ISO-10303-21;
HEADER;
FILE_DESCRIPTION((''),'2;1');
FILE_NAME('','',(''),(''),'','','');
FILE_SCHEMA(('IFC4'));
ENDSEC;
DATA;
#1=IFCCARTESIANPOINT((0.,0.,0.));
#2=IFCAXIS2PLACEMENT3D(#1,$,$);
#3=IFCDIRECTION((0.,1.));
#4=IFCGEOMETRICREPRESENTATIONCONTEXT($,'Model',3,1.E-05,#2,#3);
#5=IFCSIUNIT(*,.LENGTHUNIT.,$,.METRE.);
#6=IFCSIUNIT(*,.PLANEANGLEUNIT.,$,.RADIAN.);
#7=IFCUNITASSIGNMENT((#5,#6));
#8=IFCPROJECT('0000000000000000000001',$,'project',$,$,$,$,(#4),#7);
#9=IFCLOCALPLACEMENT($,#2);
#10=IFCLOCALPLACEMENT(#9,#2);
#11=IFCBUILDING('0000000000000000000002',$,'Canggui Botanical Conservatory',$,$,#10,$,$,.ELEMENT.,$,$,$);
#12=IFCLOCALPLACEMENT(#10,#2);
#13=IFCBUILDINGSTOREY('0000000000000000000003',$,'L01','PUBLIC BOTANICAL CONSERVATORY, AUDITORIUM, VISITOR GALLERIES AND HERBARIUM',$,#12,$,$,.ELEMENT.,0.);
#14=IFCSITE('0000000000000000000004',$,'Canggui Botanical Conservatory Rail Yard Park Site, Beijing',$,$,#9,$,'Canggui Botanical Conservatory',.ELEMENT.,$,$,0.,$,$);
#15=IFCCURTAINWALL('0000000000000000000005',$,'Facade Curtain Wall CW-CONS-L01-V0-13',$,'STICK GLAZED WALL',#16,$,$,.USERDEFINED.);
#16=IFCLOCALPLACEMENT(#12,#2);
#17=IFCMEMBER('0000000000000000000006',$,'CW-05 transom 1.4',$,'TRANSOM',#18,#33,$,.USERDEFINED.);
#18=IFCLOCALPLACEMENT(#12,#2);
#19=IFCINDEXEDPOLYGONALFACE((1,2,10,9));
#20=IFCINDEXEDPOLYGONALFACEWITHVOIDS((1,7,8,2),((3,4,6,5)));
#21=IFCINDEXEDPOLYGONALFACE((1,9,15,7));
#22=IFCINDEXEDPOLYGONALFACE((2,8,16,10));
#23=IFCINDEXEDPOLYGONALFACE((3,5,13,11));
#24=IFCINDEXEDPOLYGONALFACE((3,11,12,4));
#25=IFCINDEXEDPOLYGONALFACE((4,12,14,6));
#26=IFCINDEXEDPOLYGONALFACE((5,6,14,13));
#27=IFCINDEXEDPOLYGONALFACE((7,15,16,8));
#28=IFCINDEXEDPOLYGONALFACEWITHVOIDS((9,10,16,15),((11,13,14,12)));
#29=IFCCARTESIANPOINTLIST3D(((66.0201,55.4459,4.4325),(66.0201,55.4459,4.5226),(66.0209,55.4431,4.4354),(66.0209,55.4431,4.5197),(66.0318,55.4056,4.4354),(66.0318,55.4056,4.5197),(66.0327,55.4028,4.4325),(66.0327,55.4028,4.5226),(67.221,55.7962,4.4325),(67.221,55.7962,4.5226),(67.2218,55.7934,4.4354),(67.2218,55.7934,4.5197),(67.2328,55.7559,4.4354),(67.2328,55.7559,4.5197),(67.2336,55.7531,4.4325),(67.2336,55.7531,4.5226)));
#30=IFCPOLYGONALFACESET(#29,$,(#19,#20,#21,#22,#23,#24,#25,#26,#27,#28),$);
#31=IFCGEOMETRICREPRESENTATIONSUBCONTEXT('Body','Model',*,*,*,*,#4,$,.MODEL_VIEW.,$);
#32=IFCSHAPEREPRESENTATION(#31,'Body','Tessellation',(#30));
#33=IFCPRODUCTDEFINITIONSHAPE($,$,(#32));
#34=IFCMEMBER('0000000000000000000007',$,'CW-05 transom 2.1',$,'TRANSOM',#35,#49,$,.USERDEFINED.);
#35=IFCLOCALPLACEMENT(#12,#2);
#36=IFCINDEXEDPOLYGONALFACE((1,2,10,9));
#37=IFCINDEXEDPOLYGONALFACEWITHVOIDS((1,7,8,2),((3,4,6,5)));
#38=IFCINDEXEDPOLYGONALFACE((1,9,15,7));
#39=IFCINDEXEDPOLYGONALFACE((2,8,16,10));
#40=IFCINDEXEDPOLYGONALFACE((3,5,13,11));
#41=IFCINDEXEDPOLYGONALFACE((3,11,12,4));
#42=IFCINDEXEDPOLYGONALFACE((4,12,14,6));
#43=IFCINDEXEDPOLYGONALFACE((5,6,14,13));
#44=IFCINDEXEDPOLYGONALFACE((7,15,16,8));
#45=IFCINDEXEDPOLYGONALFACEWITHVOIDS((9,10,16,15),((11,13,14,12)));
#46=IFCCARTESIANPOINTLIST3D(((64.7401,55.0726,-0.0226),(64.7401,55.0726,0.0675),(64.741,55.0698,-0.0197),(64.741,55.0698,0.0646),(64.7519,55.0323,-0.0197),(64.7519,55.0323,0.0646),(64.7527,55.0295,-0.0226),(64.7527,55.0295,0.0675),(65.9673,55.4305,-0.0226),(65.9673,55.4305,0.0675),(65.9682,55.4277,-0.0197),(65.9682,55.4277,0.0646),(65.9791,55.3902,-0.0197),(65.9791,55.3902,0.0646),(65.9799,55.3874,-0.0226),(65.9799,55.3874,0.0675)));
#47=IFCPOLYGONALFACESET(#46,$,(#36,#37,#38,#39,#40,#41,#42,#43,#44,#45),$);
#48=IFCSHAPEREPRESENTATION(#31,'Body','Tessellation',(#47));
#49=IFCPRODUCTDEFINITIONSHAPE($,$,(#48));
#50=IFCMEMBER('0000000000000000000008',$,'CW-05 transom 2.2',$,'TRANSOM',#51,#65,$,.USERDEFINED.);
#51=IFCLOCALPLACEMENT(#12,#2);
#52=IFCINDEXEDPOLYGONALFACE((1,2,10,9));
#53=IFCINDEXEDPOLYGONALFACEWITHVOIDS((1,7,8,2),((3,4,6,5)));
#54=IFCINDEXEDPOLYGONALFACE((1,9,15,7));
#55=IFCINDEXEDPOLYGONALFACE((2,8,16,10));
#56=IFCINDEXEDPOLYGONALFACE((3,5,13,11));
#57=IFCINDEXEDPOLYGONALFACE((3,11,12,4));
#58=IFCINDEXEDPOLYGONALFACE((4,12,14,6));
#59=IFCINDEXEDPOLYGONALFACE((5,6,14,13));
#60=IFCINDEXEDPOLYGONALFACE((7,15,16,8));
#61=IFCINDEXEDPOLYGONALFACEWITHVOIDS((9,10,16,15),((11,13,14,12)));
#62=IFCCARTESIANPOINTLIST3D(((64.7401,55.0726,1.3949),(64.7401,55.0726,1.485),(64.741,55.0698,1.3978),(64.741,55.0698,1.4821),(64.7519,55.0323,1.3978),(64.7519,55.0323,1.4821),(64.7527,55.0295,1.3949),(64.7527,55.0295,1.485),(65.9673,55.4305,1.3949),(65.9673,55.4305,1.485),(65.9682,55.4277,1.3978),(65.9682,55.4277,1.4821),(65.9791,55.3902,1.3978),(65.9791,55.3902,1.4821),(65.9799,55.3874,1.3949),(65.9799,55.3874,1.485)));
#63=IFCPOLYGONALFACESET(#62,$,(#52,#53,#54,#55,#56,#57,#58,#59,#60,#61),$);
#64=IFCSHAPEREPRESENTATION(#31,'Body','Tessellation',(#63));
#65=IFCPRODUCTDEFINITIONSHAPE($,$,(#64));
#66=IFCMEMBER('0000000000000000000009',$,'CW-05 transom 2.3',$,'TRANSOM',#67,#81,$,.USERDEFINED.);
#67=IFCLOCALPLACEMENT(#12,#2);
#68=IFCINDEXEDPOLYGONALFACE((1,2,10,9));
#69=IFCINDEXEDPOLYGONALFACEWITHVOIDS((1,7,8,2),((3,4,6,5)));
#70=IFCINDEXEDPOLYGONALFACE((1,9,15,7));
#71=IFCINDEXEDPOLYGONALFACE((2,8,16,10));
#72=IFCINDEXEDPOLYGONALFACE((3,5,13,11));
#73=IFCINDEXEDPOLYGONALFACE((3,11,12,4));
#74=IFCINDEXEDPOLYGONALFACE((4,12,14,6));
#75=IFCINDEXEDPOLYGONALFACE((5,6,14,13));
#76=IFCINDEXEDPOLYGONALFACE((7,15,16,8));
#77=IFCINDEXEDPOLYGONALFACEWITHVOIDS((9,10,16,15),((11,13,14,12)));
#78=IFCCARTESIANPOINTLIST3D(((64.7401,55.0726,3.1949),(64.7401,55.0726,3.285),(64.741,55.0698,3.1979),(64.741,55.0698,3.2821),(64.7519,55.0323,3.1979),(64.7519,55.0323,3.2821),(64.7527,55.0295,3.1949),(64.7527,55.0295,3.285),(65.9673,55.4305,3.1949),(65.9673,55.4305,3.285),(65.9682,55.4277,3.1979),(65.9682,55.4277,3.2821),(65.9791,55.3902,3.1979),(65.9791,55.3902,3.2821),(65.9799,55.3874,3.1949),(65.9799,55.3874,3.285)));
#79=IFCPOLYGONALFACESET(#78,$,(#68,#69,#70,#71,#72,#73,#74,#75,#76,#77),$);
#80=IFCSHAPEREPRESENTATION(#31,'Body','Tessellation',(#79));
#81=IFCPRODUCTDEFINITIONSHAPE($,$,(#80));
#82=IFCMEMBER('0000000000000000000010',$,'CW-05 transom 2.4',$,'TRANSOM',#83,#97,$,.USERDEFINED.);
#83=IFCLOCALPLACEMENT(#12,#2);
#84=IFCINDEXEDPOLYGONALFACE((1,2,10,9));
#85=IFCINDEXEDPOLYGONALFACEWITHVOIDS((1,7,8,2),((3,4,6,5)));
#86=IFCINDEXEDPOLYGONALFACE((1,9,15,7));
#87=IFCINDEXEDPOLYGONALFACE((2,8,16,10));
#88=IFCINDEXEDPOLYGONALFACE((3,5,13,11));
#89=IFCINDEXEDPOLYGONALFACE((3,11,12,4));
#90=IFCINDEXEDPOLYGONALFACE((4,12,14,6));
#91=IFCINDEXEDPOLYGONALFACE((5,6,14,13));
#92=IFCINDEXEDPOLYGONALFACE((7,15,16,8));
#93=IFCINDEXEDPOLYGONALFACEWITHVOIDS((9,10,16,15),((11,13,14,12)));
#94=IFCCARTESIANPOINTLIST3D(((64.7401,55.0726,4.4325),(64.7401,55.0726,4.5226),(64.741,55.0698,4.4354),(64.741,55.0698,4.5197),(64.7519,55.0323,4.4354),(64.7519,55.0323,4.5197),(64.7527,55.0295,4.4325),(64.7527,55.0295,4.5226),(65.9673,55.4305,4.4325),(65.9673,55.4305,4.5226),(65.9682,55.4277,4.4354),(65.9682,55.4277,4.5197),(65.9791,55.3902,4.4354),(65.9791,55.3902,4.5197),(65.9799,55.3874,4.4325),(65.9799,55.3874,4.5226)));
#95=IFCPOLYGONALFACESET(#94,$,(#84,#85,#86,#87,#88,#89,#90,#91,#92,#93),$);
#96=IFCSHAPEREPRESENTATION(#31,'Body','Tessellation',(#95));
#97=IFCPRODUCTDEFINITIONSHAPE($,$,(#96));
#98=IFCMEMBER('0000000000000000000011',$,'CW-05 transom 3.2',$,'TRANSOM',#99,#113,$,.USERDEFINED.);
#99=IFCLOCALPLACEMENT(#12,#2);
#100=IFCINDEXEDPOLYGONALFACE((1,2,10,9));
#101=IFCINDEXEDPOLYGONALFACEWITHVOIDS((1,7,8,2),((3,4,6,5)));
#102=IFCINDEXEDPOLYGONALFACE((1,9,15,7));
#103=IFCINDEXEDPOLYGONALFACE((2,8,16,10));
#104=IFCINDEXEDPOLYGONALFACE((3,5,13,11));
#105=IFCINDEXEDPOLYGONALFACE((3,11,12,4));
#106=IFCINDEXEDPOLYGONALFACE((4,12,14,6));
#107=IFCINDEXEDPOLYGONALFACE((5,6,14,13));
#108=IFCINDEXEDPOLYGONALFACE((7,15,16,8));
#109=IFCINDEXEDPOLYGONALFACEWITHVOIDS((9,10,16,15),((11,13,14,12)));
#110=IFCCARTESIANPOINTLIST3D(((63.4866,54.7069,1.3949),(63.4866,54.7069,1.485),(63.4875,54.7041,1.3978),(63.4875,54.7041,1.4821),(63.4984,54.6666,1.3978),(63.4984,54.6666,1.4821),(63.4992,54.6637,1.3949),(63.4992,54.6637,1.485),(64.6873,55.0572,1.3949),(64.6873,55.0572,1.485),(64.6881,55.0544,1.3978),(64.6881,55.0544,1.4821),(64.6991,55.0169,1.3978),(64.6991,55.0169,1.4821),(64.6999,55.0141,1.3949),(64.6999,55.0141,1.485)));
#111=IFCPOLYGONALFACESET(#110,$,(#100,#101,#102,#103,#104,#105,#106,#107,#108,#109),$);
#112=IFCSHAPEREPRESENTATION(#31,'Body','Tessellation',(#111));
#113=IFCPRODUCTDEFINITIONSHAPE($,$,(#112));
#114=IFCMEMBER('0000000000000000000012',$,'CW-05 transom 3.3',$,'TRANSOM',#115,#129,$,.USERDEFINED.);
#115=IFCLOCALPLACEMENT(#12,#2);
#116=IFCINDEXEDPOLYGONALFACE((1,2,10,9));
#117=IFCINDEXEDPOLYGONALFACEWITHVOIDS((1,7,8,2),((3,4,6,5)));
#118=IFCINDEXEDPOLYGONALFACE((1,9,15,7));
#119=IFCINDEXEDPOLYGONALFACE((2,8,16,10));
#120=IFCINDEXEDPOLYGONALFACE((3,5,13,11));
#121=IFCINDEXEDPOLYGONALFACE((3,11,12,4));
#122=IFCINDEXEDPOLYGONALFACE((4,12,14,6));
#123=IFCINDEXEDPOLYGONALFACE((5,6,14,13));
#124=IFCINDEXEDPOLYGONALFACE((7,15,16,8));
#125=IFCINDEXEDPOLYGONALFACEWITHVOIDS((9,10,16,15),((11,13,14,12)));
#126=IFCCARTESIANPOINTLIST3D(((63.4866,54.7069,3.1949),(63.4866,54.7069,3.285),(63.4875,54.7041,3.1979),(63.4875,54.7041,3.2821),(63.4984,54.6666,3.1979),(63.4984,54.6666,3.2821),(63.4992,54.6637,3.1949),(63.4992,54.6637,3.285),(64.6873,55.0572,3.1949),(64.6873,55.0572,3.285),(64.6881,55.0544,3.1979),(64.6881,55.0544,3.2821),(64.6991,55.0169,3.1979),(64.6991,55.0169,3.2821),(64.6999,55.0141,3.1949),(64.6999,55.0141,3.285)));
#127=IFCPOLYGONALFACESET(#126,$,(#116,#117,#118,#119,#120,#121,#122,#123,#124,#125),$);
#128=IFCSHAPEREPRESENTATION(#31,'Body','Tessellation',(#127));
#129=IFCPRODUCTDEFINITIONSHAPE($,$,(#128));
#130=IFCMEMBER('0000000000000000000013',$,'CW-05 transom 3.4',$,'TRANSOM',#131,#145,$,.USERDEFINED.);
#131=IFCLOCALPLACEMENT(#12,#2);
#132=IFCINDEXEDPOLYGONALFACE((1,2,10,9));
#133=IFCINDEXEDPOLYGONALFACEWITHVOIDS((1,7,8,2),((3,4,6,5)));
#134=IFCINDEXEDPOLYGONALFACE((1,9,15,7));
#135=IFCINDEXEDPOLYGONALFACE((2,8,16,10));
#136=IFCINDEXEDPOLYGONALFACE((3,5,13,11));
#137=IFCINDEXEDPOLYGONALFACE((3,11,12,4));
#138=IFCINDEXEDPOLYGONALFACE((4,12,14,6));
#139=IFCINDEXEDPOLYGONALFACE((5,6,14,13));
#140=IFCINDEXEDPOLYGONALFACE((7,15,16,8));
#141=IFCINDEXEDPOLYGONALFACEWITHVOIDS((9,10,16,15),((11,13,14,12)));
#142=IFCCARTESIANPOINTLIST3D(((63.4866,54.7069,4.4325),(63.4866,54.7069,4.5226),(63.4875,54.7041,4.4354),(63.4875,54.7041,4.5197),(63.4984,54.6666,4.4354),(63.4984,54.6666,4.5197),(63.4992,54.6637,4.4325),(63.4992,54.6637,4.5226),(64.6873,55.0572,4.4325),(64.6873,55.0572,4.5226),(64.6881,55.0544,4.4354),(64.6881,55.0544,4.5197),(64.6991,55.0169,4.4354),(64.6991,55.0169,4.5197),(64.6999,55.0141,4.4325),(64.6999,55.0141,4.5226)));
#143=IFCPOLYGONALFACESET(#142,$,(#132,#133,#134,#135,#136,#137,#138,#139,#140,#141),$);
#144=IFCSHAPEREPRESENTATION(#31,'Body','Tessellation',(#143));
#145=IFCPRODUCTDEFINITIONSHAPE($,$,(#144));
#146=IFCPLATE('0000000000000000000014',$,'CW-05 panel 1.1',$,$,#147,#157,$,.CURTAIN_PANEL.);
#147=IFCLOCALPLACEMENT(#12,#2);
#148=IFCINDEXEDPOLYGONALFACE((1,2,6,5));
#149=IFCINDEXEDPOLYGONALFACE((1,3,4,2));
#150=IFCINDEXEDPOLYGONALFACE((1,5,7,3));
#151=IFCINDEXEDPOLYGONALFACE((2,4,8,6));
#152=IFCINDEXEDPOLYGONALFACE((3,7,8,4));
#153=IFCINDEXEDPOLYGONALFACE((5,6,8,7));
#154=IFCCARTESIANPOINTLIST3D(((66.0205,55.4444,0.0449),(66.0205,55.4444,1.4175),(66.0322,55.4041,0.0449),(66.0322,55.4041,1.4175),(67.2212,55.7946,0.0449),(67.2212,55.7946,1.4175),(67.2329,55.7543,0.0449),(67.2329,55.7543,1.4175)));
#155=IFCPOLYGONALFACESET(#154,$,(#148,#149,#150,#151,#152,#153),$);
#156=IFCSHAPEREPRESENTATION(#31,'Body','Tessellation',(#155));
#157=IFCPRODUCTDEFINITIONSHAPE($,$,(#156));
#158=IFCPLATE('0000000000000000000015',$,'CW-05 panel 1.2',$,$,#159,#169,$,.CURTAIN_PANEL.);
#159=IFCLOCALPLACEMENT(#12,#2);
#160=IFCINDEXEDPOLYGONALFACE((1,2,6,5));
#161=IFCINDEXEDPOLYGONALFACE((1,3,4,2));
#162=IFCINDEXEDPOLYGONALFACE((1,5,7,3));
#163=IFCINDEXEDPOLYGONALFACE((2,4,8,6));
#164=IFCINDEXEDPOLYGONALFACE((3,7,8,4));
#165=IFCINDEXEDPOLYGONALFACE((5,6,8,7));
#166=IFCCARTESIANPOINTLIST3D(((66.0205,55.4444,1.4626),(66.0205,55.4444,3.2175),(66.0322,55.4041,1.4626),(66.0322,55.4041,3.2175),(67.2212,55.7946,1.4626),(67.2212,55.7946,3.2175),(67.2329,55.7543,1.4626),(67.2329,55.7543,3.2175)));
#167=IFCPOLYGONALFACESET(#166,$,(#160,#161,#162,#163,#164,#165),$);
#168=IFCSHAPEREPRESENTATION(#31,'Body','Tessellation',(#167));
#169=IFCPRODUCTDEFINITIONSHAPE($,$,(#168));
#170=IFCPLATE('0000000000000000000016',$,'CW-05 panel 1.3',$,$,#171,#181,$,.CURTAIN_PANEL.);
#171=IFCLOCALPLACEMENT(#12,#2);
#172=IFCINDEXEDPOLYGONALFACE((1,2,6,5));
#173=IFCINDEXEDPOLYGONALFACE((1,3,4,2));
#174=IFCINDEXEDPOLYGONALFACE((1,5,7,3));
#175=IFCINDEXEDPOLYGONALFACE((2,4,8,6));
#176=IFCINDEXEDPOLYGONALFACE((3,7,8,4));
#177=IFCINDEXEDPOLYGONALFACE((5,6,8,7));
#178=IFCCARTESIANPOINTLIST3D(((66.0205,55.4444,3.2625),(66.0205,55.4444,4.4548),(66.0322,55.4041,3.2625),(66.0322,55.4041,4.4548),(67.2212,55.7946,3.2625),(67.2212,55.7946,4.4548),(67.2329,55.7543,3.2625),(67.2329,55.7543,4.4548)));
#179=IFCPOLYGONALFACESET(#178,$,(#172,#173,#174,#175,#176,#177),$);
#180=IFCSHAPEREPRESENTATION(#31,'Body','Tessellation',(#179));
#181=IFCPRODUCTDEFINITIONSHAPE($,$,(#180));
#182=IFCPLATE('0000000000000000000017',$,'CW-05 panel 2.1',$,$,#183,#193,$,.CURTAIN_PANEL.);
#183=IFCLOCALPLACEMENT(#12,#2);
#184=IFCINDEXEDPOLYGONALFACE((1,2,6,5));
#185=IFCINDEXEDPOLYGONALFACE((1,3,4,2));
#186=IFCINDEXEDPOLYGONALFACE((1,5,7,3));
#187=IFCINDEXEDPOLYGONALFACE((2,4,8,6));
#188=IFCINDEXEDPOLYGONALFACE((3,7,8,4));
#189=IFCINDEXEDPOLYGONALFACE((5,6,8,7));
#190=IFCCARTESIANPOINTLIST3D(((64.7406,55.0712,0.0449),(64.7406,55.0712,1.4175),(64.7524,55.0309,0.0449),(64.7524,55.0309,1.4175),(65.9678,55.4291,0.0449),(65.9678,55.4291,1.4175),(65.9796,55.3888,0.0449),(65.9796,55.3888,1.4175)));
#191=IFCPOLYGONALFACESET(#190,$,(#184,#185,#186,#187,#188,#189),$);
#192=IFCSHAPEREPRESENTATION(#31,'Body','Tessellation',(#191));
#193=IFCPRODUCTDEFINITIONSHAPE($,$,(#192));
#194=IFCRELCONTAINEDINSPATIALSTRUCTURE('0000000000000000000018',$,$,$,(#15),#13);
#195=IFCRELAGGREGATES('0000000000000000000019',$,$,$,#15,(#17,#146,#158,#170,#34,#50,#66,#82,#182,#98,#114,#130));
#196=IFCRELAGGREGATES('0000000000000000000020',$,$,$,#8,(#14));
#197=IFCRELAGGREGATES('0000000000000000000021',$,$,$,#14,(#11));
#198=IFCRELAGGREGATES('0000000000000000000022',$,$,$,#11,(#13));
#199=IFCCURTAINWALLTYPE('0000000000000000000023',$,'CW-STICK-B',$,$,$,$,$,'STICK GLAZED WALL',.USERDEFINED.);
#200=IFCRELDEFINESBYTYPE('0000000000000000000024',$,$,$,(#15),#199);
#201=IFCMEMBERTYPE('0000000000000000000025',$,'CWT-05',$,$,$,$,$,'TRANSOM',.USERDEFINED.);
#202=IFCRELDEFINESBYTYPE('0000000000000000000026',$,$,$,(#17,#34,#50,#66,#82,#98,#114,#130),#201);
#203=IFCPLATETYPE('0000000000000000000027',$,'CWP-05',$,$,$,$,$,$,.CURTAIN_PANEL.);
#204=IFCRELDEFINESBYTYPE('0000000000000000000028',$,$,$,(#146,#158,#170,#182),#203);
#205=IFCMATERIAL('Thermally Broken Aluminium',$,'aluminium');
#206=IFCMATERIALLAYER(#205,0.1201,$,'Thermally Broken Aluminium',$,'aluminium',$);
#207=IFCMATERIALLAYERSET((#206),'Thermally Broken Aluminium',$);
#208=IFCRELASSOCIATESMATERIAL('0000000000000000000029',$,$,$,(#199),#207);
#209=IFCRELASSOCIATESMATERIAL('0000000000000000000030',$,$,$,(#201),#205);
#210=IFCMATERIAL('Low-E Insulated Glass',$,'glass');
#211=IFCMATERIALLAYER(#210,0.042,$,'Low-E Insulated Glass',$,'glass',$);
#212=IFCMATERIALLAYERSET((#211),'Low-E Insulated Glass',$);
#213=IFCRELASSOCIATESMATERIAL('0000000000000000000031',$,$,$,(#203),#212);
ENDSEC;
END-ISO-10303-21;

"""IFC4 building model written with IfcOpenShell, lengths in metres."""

from ifc_helpers import new_model, si_unit, direction, frame, origin, origin_2d, place, context, subcontext, project, spatial, rectangle, hollow_rectangle, extrude, material, layer, layer_set, material_profile, profile_set, type_object, element, aggregate, save


model = new_model("IFC4")

# Units and contexts
model_context = context("Model", 3, precision=1e-05, world=origin(), true_north=direction((0.0, 1.0)))
body_context = subcontext(model_context, "Body", "Model", "MODEL_VIEW")
ifc_project = project(units=[si_unit("LENGTHUNIT", "METRE"), si_unit("PLANEANGLEUNIT", "RADIAN")], contexts=[model_context])

# Site, building, storey
site_placement = place(None, origin())
site = spatial("IfcSite", under=ifc_project, at=site_placement, Name="Canggui Botanical Conservatory Rail Yard Park Site, Beijing", LongName="Canggui Botanical Conservatory", CompositionType="ELEMENT", RefElevation=0.0)
building_placement = place(site_placement, origin())
building = spatial("IfcBuilding", under=site, at=building_placement, Name="Canggui Botanical Conservatory", CompositionType="ELEMENT")
storey_placement = place(building_placement, origin())
storey = spatial("IfcBuildingStorey", under=building, at=storey_placement, Name="L01", Description="PUBLIC BOTANICAL CONSERVATORY, AUDITORIUM, VISITOR GALLERIES AND HERBARIUM", CompositionType="ELEMENT", Elevation=0.0)

# Curtain wall, members, plates
ifc_material_1 = material(Name="Thermally Broken Aluminium", Category="aluminium")
ifc_layer_1 = layer(ifc_material_1, 0.1201, Name="Thermally Broken Aluminium", Category="aluminium")
ifc_layer_set_1 = layer_set([ifc_layer_1], Name="Thermally Broken Aluminium")
curtain_wall_type = type_object("IfcCurtainWallType", Name="CW-STICK-B", ElementType="STICK GLAZED WALL", PredefinedType="USERDEFINED", material=ifc_layer_set_1)
curtain_wall_placement = place(storey_placement, origin())
curtain_wall = element("IfcCurtainWall", 1, at=curtain_wall_placement, inside=storey, type_object=curtain_wall_type, Name="Facade Curtain Wall CW-CONS-L01-V0-13", ObjectType="STICK GLAZED WALL", PredefinedType="USERDEFINED")
ifc_material_profile_1 = material_profile(ifc_material_1, hollow_rectangle(XDim=0.0449, YDim=0.0901, WallThickness=0.0029, at=origin_2d()), Name="CWT 45x90x3")
ifc_profile_set_1 = profile_set([ifc_material_profile_1], Name="Thermally Broken Aluminium")
member_type_1 = type_object("IfcMemberType", Name="CWT-05", ElementType="TRANSOM", PredefinedType="USERDEFINED", material=ifc_profile_set_1)
member_1_placement = place(storey_placement, frame((67.2273, 55.7747, 4.4775), z_axis=(-0.959985, -0.280052, 0.0), x_axis=(0.280052, -0.959985, 0.0)))
member_1 = element("IfcMember", 2, at=member_1_placement, type_object=member_type_1, Name="CW-05 transom 1.4", ObjectType="TRANSOM", PredefinedType="USERDEFINED", context=body_context, shape_type="SweptSolid", body=[
    extrude(hollow_rectangle(XDim=0.0449, YDim=0.0901, WallThickness=0.0029, at=origin_2d()), origin(), (0.0, 0.0, 1.0), 1.251),
])
member_2_placement = place(storey_placement, frame((65.9736, 55.4089, 0.0225), z_axis=(-0.960011, -0.279963, 0.0), x_axis=(0.279963, -0.960011, 0.0)))
member_2 = element("IfcMember", 3, at=member_2_placement, type_object=member_type_1, Name="CW-05 transom 2.1", ObjectType="TRANSOM", PredefinedType="USERDEFINED", context=body_context, shape_type="SweptSolid", body=[
    extrude(hollow_rectangle(XDim=0.0449, YDim=0.0901, WallThickness=0.0029, at=origin_2d()), origin(), (0.0, 0.0, 1.0), 1.2783),
])
member_3_placement = place(storey_placement, frame((65.9736, 55.4089, 1.4399), z_axis=(-0.960011, -0.279963, 0.0), x_axis=(0.279963, -0.960011, 0.0)))
member_3 = element("IfcMember", 4, at=member_3_placement, type_object=member_type_1, Name="CW-05 transom 2.2", ObjectType="TRANSOM", PredefinedType="USERDEFINED", context=body_context, shape_type="SweptSolid", body=[
    extrude(hollow_rectangle(XDim=0.0449, YDim=0.0901, WallThickness=0.0029, at=origin_2d()), origin(), (0.0, 0.0, 1.0), 1.2783),
])
member_4_placement = place(storey_placement, frame((65.9736, 55.4089, 3.24), z_axis=(-0.960011, -0.279963, 0.0), x_axis=(0.279963, -0.960011, 0.0)))
member_4 = element("IfcMember", 5, at=member_4_placement, type_object=member_type_1, Name="CW-05 transom 2.3", ObjectType="TRANSOM", PredefinedType="USERDEFINED", context=body_context, shape_type="SweptSolid", body=[
    extrude(hollow_rectangle(XDim=0.0449, YDim=0.0901, WallThickness=0.0029, at=origin_2d()), origin(), (0.0, 0.0, 1.0), 1.2783),
])
member_5_placement = place(storey_placement, frame((65.9736, 55.4089, 4.4775), z_axis=(-0.960011, -0.279963, 0.0), x_axis=(0.279963, -0.960011, 0.0)))
member_5 = element("IfcMember", 6, at=member_5_placement, type_object=member_type_1, Name="CW-05 transom 2.4", ObjectType="TRANSOM", PredefinedType="USERDEFINED", context=body_context, shape_type="SweptSolid", body=[
    extrude(hollow_rectangle(XDim=0.0449, YDim=0.0901, WallThickness=0.0029, at=origin_2d()), origin(), (0.0, 0.0, 1.0), 1.2783),
])
member_6_placement = place(storey_placement, frame((64.6936, 55.0356, 1.4399), z_axis=(-0.959969, -0.280105, 0.0), x_axis=(0.280105, -0.959969, 0.0)))
member_6 = element("IfcMember", 7, at=member_6_placement, type_object=member_type_1, Name="CW-05 transom 3.2", ObjectType="TRANSOM", PredefinedType="USERDEFINED", context=body_context, shape_type="SweptSolid", body=[
    extrude(hollow_rectangle(XDim=0.0449, YDim=0.0901, WallThickness=0.0029, at=origin_2d()), origin(), (0.0, 0.0, 1.0), 1.2507),
])
member_7_placement = place(storey_placement, frame((64.6936, 55.0356, 3.24), z_axis=(-0.959969, -0.280105, 0.0), x_axis=(0.280105, -0.959969, 0.0)))
member_7 = element("IfcMember", 8, at=member_7_placement, type_object=member_type_1, Name="CW-05 transom 3.3", ObjectType="TRANSOM", PredefinedType="USERDEFINED", context=body_context, shape_type="SweptSolid", body=[
    extrude(hollow_rectangle(XDim=0.0449, YDim=0.0901, WallThickness=0.0029, at=origin_2d()), origin(), (0.0, 0.0, 1.0), 1.2507),
])
member_8_placement = place(storey_placement, frame((64.6936, 55.0356, 4.4775), z_axis=(-0.959969, -0.280105, 0.0), x_axis=(0.280105, -0.959969, 0.0)))
member_8 = element("IfcMember", 9, at=member_8_placement, type_object=member_type_1, Name="CW-05 transom 3.4", ObjectType="TRANSOM", PredefinedType="USERDEFINED", context=body_context, shape_type="SweptSolid", body=[
    extrude(hollow_rectangle(XDim=0.0449, YDim=0.0901, WallThickness=0.0029, at=origin_2d()), origin(), (0.0, 0.0, 1.0), 1.2507),
])
ifc_material_2 = material(Name="Low-E Insulated Glass", Category="glass")
ifc_layer_2 = layer(ifc_material_2, 0.042, Name="Low-E Insulated Glass", Category="glass")
ifc_layer_set_2 = layer_set([ifc_layer_2], Name="Low-E Insulated Glass")
plate_type = type_object("IfcPlateType", Name="CWP-05", PredefinedType="CURTAIN_PANEL", material=ifc_layer_set_2)
plate_1_placement = place(storey_placement, frame((66.6267, 55.5994, 0.0449), z_axis=(0.0, 0.0, 1.0), x_axis=(-0.96, -0.28, 0.0)))
plate_1 = element("IfcPlate", 10, at=plate_1_placement, type_object=plate_type, Name="CW-05 panel 1.1", PredefinedType="CURTAIN_PANEL", context=body_context, shape_type="SweptSolid", body=[
    extrude(rectangle(XDim=1.2507, YDim=0.042, at=origin_2d()), origin(), (0.0, 0.0, 1.0), 1.3726),
])
plate_2_placement = place(storey_placement, frame((66.6267, 55.5994, 1.4626), z_axis=(0.0, 0.0, 1.0), x_axis=(-0.96, -0.28, 0.0)))
plate_2 = element("IfcPlate", 11, at=plate_2_placement, type_object=plate_type, Name="CW-05 panel 1.2", PredefinedType="CURTAIN_PANEL", context=body_context, shape_type="SweptSolid", body=[
    extrude(rectangle(XDim=1.2507, YDim=0.042, at=origin_2d()), origin(), (0.0, 0.0, 1.0), 1.7549),
])
plate_3_placement = place(storey_placement, frame((66.6267, 55.5994, 3.2625), z_axis=(0.0, 0.0, 1.0), x_axis=(-0.96, -0.28, 0.0)))
plate_3 = element("IfcPlate", 12, at=plate_3_placement, type_object=plate_type, Name="CW-05 panel 1.3", PredefinedType="CURTAIN_PANEL", context=body_context, shape_type="SweptSolid", body=[
    extrude(rectangle(XDim=1.2507, YDim=0.042, at=origin_2d()), origin(), (0.0, 0.0, 1.0), 1.1924),
])
plate_4_placement = place(storey_placement, frame((65.3601, 55.23, 0.0449), z_axis=(0.0, 0.0, 1.0), x_axis=(-0.96, -0.28, 0.0)))
plate_4 = element("IfcPlate", 13, at=plate_4_placement, type_object=plate_type, Name="CW-05 panel 2.1", PredefinedType="CURTAIN_PANEL", context=body_context, shape_type="SweptSolid", body=[
    extrude(rectangle(XDim=1.2783, YDim=0.042, at=origin_2d()), origin(), (0.0, 0.0, 1.0), 1.3726),
])
aggregate(curtain_wall, [member_1, plate_1, plate_2, plate_3, member_2, member_3, member_4, member_5, plate_4, member_6, member_7, member_8])

save(model, "model.ifc")
